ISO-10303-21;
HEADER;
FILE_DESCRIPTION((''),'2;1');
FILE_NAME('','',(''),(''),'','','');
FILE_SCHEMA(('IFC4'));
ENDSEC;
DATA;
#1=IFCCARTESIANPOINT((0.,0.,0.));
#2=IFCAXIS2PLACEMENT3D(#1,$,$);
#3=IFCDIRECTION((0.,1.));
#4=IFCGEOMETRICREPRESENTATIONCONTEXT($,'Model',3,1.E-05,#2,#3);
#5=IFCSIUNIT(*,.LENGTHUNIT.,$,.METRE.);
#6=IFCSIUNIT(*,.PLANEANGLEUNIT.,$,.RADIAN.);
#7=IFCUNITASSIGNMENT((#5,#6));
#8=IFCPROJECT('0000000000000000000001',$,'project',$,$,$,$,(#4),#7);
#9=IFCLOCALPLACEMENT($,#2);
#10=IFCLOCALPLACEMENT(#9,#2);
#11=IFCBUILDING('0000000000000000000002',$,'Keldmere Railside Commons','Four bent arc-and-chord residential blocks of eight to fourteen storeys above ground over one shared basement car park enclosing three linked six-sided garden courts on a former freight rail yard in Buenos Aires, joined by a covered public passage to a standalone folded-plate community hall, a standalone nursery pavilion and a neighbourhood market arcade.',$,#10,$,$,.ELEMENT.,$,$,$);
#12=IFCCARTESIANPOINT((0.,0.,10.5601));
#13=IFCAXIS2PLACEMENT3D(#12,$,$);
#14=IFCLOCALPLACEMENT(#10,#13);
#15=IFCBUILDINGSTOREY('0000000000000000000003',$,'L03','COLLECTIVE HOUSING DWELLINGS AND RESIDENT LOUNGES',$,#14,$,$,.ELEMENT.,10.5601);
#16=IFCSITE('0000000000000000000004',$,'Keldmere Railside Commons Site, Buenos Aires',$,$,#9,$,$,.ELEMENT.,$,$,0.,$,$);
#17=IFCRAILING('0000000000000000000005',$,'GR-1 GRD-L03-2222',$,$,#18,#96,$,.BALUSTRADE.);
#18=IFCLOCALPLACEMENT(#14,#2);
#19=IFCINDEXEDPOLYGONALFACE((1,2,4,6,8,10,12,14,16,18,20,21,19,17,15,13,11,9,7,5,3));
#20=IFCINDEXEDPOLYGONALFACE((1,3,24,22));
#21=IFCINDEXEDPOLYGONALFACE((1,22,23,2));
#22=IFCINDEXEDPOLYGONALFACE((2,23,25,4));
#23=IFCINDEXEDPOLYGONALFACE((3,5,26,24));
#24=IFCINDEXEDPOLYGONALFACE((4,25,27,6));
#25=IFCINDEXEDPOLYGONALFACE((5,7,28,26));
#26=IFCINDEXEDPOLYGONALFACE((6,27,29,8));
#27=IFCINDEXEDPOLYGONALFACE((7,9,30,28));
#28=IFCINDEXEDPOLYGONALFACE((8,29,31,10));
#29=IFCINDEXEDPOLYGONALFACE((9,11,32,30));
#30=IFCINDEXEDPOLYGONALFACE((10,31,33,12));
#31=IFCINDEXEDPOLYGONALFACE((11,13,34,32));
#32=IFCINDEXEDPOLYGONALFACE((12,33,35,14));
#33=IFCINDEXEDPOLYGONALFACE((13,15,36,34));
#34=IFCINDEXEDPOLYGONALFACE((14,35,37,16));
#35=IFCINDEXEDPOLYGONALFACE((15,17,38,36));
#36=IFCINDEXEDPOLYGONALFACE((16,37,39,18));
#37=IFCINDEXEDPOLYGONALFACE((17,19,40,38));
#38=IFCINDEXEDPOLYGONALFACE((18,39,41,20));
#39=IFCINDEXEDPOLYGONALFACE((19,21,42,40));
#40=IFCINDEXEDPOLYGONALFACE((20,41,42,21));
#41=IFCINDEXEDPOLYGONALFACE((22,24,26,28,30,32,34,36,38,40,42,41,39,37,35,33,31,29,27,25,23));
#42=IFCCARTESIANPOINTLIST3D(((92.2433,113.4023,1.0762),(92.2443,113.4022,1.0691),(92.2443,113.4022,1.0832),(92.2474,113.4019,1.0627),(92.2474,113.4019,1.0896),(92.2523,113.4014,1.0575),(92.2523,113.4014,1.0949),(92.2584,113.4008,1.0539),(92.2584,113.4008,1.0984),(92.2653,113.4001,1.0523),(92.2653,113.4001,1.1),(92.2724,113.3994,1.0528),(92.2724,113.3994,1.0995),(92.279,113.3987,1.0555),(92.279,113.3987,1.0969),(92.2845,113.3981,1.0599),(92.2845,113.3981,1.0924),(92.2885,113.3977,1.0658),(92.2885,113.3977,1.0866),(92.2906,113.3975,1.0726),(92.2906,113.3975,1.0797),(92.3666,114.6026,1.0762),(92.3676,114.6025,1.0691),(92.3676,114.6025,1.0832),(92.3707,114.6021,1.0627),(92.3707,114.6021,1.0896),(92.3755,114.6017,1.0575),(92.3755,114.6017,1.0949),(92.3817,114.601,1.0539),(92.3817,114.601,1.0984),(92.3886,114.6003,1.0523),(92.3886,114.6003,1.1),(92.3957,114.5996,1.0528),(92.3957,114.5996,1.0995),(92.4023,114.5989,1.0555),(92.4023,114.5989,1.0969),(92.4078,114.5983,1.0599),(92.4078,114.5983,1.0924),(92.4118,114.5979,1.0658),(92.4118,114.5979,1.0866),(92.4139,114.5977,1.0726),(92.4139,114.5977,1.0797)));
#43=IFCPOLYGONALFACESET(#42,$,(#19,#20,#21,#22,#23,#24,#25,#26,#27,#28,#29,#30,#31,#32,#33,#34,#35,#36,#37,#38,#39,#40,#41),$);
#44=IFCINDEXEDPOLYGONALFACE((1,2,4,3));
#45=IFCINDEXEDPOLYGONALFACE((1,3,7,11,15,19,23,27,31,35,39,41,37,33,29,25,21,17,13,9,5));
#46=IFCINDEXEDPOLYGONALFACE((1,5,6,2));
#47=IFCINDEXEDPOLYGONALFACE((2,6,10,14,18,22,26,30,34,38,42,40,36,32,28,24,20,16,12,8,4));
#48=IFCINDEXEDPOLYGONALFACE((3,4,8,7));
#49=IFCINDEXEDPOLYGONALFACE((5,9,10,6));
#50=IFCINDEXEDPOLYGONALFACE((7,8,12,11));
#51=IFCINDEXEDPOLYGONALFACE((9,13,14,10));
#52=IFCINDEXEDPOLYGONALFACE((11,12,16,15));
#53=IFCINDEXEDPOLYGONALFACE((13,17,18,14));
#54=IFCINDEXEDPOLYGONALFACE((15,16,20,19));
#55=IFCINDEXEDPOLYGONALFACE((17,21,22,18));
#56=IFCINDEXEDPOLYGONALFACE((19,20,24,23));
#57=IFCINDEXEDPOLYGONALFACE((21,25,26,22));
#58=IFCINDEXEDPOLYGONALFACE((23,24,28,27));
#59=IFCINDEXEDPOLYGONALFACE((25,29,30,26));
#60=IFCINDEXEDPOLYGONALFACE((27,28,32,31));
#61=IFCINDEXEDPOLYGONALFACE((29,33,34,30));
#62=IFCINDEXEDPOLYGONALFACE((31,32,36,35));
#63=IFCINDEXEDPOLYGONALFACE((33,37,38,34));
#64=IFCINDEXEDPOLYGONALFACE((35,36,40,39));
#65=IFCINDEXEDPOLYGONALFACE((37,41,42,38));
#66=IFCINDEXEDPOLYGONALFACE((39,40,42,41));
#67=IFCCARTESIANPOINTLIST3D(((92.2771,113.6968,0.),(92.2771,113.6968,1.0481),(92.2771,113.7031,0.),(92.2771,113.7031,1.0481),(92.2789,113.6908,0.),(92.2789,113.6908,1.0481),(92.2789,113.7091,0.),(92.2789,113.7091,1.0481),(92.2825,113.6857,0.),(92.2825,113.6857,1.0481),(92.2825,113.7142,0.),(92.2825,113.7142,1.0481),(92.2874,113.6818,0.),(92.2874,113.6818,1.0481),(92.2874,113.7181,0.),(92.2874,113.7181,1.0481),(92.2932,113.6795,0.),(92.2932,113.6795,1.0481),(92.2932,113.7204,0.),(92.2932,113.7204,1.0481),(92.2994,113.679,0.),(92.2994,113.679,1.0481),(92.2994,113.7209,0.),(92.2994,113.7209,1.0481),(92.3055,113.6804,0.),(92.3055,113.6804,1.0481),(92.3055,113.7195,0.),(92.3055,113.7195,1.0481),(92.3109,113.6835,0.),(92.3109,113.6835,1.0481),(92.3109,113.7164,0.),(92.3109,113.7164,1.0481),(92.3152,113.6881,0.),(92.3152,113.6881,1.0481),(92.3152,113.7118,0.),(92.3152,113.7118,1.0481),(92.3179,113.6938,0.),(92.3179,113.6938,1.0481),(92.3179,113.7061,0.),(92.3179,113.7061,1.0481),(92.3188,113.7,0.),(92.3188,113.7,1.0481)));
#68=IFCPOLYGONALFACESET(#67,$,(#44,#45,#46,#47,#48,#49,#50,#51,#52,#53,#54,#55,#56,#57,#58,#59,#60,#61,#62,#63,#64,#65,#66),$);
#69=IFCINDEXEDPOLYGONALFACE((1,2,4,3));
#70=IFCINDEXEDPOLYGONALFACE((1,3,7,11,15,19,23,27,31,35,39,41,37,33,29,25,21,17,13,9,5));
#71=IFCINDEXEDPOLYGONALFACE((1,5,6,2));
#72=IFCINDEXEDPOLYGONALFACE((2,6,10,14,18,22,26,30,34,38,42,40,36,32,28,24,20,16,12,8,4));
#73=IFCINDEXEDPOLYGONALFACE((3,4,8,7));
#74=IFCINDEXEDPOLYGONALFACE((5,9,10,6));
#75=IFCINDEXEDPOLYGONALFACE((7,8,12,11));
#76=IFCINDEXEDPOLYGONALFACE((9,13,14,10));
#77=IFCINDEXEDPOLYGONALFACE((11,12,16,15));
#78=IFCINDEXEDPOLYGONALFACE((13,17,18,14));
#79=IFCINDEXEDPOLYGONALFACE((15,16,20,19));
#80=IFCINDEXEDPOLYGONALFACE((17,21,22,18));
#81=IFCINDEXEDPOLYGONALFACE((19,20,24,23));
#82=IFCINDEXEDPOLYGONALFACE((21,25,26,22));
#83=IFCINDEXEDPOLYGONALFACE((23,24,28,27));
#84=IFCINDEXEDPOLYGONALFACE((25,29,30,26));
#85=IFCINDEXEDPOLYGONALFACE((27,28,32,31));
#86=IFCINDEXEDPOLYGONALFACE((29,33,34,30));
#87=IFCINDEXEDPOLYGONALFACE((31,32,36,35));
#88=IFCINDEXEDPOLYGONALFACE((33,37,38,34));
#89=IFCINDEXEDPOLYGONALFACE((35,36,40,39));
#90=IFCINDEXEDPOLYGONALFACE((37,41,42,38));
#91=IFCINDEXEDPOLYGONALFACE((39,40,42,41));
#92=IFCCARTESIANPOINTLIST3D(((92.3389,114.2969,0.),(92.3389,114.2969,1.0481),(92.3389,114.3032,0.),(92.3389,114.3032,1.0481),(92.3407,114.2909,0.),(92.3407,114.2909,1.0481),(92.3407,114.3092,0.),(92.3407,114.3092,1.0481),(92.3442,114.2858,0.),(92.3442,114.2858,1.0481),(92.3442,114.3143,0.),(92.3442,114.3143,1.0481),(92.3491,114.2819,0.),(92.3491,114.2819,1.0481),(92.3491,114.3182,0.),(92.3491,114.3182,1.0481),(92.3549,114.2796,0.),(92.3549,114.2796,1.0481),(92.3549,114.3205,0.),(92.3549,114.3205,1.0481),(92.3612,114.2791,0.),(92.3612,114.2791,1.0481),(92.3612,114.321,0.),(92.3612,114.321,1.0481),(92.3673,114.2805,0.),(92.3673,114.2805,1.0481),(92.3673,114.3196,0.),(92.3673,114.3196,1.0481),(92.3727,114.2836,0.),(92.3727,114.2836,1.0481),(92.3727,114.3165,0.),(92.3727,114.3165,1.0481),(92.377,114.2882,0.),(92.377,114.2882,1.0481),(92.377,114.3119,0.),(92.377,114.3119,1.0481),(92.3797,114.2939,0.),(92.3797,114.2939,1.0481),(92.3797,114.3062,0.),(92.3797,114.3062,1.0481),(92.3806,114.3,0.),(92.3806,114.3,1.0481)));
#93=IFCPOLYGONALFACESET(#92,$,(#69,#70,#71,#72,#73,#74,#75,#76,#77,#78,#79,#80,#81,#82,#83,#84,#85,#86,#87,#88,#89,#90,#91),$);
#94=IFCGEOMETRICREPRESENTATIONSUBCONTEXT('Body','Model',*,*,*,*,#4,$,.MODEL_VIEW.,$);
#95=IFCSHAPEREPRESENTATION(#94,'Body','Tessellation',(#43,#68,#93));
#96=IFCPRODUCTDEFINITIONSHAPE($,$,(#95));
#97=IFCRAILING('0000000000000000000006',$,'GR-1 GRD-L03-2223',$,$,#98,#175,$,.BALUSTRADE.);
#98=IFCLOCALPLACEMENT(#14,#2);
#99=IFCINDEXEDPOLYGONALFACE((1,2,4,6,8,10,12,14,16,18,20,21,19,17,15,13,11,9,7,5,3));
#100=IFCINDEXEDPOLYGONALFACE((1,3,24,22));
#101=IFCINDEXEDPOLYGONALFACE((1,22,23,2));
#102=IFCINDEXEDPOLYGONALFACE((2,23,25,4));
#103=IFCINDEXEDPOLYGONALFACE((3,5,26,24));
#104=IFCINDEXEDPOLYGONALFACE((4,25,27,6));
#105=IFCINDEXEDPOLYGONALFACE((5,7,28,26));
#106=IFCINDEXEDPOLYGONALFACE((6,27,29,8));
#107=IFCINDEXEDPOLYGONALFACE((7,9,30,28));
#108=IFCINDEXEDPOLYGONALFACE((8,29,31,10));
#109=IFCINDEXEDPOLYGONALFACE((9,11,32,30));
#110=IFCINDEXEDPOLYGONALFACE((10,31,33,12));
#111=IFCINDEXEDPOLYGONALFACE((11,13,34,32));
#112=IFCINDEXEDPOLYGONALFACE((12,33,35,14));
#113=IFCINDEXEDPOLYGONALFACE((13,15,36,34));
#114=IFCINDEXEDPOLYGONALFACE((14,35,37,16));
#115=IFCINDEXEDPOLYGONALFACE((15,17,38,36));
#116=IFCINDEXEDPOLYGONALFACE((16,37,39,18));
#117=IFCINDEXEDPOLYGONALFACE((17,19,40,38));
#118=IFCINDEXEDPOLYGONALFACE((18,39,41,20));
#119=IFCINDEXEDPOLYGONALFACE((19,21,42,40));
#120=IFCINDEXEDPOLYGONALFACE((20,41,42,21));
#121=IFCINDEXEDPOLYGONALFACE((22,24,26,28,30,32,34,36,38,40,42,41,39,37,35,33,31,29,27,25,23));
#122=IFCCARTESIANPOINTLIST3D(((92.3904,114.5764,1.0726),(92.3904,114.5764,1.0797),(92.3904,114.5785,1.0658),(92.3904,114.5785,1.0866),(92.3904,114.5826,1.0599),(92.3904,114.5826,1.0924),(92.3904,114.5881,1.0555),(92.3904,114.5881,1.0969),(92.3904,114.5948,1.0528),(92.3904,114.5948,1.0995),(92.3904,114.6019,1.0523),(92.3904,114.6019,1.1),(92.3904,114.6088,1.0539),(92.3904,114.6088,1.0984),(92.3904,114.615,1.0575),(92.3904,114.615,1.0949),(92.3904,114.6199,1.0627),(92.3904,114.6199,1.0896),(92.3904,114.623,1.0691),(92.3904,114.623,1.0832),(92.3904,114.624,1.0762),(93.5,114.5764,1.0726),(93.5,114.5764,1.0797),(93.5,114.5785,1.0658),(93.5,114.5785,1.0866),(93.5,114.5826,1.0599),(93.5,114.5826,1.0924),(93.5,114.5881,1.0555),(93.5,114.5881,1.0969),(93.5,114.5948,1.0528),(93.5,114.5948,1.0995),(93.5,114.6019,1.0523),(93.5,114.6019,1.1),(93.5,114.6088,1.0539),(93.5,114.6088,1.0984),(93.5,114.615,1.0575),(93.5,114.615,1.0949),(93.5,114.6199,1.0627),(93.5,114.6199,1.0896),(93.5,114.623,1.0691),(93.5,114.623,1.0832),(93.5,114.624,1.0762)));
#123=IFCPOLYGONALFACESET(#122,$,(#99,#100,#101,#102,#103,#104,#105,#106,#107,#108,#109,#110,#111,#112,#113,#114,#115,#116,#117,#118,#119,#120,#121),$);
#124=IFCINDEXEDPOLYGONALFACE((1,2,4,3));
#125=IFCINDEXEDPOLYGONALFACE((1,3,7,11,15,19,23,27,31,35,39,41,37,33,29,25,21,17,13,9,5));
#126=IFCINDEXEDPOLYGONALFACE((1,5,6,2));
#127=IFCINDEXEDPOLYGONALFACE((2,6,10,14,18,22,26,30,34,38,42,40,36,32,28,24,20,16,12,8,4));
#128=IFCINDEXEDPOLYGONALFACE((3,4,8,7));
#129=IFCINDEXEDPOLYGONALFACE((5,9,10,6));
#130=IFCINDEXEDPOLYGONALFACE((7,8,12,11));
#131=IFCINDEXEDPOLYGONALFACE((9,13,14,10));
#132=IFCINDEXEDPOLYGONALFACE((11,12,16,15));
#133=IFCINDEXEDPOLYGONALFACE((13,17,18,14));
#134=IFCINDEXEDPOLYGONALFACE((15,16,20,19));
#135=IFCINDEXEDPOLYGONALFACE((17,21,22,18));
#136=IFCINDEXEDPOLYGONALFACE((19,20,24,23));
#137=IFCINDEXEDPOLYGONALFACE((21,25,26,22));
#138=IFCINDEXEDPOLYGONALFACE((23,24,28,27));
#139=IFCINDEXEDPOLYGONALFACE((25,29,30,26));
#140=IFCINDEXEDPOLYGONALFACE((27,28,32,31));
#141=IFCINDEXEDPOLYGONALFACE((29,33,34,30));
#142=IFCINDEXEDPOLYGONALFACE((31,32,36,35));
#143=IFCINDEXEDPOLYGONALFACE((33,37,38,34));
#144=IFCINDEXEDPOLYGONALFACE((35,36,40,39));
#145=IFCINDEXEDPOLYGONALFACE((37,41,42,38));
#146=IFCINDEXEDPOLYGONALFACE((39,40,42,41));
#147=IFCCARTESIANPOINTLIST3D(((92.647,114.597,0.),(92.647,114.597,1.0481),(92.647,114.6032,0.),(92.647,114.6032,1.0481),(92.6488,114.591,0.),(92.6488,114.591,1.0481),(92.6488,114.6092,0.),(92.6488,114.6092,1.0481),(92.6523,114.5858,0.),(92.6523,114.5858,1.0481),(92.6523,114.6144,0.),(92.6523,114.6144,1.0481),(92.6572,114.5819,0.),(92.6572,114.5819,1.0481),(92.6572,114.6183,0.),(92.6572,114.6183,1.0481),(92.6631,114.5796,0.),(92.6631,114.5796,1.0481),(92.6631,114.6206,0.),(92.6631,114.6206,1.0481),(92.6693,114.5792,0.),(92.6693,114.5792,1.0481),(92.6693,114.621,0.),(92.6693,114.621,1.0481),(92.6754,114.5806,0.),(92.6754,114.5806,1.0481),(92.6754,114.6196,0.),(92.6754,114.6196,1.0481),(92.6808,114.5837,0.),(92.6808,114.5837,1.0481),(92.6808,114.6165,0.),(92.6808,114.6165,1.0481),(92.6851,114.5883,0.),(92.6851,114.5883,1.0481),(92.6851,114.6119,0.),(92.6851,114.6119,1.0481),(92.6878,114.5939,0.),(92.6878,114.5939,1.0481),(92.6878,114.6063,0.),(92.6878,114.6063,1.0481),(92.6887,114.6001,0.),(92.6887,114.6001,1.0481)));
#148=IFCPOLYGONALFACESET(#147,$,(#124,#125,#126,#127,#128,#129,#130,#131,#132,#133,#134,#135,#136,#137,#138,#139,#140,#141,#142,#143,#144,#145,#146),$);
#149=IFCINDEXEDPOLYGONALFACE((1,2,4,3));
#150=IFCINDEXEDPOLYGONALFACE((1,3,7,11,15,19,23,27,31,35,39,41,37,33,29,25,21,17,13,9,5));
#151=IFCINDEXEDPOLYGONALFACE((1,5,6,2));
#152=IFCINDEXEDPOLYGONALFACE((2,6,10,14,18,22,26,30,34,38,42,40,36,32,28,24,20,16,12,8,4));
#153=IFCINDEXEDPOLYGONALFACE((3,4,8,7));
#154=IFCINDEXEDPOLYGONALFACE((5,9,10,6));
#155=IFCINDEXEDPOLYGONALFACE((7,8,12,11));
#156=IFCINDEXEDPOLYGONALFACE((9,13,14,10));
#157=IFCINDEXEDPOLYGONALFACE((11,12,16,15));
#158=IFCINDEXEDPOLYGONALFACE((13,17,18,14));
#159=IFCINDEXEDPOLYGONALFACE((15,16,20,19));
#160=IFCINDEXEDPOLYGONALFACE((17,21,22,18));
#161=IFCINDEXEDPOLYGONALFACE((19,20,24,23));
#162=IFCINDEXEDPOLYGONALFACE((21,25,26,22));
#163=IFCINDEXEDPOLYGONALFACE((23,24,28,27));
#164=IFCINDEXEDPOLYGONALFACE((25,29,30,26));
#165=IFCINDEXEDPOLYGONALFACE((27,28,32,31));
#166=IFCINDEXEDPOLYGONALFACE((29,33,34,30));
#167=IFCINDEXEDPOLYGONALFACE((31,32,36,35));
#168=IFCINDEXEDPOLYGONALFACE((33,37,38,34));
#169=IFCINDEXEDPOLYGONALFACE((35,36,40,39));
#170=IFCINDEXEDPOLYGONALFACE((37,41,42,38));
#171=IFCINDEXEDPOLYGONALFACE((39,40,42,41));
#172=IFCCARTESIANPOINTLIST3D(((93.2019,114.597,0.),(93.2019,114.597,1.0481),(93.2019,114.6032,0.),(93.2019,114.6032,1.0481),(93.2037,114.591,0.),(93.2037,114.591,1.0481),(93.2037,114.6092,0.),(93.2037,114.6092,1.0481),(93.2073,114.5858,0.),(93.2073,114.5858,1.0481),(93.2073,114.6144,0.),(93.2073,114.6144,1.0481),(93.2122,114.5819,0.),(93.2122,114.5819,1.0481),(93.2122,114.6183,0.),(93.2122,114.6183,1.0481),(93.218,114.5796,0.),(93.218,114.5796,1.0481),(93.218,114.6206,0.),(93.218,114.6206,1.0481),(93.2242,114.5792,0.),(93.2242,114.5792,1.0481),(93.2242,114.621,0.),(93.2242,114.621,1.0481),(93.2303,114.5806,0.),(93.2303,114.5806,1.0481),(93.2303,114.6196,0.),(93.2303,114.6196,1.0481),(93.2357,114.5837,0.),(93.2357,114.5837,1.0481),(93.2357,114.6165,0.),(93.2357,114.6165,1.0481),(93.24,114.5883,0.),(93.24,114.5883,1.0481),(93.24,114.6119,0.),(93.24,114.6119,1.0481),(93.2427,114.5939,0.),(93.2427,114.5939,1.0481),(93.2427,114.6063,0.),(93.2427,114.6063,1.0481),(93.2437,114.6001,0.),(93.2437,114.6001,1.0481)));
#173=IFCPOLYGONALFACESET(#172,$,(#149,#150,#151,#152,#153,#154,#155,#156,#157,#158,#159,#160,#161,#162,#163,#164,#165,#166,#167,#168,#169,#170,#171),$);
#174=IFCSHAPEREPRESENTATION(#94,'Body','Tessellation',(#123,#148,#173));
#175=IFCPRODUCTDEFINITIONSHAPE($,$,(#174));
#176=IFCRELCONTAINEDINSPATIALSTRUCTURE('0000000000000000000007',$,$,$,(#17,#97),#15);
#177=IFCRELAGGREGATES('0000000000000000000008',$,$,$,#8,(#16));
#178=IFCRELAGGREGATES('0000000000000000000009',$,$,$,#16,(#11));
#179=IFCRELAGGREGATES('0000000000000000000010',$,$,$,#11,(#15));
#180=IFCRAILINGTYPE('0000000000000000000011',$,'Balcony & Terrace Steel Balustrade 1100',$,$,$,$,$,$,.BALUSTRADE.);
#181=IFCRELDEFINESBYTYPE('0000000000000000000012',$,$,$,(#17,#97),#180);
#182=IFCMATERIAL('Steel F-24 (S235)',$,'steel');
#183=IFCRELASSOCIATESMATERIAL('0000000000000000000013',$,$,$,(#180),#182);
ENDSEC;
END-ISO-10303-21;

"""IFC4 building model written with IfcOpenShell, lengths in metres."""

from ifc_helpers import new_model, si_unit, direction, frame, origin, origin_2d, place, context, subcontext, project, spatial, circle, extrude, material, type_object, element, save


model = new_model("IFC4")

# Units and contexts
model_context = context("Model", 3, precision=1e-05, world=origin(), true_north=direction((0.0, 1.0)))
body_context = subcontext(model_context, "Body", "Model", "MODEL_VIEW")
ifc_project = project(units=[si_unit("LENGTHUNIT", "METRE"), si_unit("PLANEANGLEUNIT", "RADIAN")], contexts=[model_context])

# Site, building, storey
site_placement = place(None, origin())
site = spatial("IfcSite", under=ifc_project, at=site_placement, Name="Keldmere Railside Commons Site, Buenos Aires", CompositionType="ELEMENT", RefElevation=0.0)
building_placement = place(site_placement, origin())
building = spatial("IfcBuilding", under=site, at=building_placement, Name="Keldmere Railside Commons", Description="Four bent arc-and-chord residential blocks of eight to fourteen storeys above ground over one shared basement car park enclosing three linked six-sided garden courts on a former freight rail yard in Buenos Aires, joined by a covered public passage to a standalone folded-plate community hall, a standalone nursery pavilion and a neighbourhood market arcade.", CompositionType="ELEMENT")
storey_placement = place(building_placement, frame((0.0, 0.0, 10.5601)))
storey = spatial("IfcBuildingStorey", under=building, at=storey_placement, Name="L03", Description="COLLECTIVE HOUSING DWELLINGS AND RESIDENT LOUNGES", CompositionType="ELEMENT", Elevation=10.5601)

# Railings
ifc_material_1 = material(Name="Steel F-24 (S235)", Category="steel")
railing_type = type_object("IfcRailingType", Name="Balcony & Terrace Steel Balustrade 1100", PredefinedType="BALUSTRADE", material=ifc_material_1)
railing_1_placement = place(storey_placement, frame((92.2671, 113.3999, 0.0)))
element("IfcRailing", 1, at=railing_1_placement, inside=storey, type_object=railing_type, Name="GR-1 GRD-L03-2222", PredefinedType="BALUSTRADE", context=body_context, shape_type="SweptSolid", body=[
    extrude(circle(Radius=0.0239, at=origin_2d()), frame((0.0, 0.0, 1.0762), z_axis=(0.102188, 0.994765, 0.0), x_axis=(-0.994765, 0.102188, 0.0)), (0.0, 0.0, 1.0), 1.2065),
    extrude(circle(Radius=0.021, at=origin_2d()), frame((0.0308, 0.3, 0.0)), (0.0, 0.0, 1.0), 1.0481),
    extrude(circle(Radius=0.021, at=origin_2d()), frame((0.0925, 0.9001, 0.0)), (0.0, 0.0, 1.0), 1.0481),
])
railing_2_placement = place(storey_placement, frame((92.3904, 114.6001, 0.0)))
element("IfcRailing", 2, at=railing_2_placement, inside=storey, type_object=railing_type, Name="GR-1 GRD-L03-2223", PredefinedType="BALUSTRADE", context=body_context, shape_type="SweptSolid", body=[
    extrude(circle(Radius=0.0239, at=origin_2d()), frame((0.0, 0.0, 1.0762), z_axis=(1.0, 0.0, 0.0), x_axis=(0.0, 1.0, 0.0)), (0.0, 0.0, 1.0), 1.1096),
    extrude(circle(Radius=0.021, at=origin_2d()), frame((0.2773, 0.0, 0.0)), (0.0, 0.0, 1.0), 1.0481),
    extrude(circle(Radius=0.021, at=origin_2d()), frame((0.8323, 0.0, 0.0)), (0.0, 0.0, 1.0), 1.0481),
])

save(model, "model.ifc")
